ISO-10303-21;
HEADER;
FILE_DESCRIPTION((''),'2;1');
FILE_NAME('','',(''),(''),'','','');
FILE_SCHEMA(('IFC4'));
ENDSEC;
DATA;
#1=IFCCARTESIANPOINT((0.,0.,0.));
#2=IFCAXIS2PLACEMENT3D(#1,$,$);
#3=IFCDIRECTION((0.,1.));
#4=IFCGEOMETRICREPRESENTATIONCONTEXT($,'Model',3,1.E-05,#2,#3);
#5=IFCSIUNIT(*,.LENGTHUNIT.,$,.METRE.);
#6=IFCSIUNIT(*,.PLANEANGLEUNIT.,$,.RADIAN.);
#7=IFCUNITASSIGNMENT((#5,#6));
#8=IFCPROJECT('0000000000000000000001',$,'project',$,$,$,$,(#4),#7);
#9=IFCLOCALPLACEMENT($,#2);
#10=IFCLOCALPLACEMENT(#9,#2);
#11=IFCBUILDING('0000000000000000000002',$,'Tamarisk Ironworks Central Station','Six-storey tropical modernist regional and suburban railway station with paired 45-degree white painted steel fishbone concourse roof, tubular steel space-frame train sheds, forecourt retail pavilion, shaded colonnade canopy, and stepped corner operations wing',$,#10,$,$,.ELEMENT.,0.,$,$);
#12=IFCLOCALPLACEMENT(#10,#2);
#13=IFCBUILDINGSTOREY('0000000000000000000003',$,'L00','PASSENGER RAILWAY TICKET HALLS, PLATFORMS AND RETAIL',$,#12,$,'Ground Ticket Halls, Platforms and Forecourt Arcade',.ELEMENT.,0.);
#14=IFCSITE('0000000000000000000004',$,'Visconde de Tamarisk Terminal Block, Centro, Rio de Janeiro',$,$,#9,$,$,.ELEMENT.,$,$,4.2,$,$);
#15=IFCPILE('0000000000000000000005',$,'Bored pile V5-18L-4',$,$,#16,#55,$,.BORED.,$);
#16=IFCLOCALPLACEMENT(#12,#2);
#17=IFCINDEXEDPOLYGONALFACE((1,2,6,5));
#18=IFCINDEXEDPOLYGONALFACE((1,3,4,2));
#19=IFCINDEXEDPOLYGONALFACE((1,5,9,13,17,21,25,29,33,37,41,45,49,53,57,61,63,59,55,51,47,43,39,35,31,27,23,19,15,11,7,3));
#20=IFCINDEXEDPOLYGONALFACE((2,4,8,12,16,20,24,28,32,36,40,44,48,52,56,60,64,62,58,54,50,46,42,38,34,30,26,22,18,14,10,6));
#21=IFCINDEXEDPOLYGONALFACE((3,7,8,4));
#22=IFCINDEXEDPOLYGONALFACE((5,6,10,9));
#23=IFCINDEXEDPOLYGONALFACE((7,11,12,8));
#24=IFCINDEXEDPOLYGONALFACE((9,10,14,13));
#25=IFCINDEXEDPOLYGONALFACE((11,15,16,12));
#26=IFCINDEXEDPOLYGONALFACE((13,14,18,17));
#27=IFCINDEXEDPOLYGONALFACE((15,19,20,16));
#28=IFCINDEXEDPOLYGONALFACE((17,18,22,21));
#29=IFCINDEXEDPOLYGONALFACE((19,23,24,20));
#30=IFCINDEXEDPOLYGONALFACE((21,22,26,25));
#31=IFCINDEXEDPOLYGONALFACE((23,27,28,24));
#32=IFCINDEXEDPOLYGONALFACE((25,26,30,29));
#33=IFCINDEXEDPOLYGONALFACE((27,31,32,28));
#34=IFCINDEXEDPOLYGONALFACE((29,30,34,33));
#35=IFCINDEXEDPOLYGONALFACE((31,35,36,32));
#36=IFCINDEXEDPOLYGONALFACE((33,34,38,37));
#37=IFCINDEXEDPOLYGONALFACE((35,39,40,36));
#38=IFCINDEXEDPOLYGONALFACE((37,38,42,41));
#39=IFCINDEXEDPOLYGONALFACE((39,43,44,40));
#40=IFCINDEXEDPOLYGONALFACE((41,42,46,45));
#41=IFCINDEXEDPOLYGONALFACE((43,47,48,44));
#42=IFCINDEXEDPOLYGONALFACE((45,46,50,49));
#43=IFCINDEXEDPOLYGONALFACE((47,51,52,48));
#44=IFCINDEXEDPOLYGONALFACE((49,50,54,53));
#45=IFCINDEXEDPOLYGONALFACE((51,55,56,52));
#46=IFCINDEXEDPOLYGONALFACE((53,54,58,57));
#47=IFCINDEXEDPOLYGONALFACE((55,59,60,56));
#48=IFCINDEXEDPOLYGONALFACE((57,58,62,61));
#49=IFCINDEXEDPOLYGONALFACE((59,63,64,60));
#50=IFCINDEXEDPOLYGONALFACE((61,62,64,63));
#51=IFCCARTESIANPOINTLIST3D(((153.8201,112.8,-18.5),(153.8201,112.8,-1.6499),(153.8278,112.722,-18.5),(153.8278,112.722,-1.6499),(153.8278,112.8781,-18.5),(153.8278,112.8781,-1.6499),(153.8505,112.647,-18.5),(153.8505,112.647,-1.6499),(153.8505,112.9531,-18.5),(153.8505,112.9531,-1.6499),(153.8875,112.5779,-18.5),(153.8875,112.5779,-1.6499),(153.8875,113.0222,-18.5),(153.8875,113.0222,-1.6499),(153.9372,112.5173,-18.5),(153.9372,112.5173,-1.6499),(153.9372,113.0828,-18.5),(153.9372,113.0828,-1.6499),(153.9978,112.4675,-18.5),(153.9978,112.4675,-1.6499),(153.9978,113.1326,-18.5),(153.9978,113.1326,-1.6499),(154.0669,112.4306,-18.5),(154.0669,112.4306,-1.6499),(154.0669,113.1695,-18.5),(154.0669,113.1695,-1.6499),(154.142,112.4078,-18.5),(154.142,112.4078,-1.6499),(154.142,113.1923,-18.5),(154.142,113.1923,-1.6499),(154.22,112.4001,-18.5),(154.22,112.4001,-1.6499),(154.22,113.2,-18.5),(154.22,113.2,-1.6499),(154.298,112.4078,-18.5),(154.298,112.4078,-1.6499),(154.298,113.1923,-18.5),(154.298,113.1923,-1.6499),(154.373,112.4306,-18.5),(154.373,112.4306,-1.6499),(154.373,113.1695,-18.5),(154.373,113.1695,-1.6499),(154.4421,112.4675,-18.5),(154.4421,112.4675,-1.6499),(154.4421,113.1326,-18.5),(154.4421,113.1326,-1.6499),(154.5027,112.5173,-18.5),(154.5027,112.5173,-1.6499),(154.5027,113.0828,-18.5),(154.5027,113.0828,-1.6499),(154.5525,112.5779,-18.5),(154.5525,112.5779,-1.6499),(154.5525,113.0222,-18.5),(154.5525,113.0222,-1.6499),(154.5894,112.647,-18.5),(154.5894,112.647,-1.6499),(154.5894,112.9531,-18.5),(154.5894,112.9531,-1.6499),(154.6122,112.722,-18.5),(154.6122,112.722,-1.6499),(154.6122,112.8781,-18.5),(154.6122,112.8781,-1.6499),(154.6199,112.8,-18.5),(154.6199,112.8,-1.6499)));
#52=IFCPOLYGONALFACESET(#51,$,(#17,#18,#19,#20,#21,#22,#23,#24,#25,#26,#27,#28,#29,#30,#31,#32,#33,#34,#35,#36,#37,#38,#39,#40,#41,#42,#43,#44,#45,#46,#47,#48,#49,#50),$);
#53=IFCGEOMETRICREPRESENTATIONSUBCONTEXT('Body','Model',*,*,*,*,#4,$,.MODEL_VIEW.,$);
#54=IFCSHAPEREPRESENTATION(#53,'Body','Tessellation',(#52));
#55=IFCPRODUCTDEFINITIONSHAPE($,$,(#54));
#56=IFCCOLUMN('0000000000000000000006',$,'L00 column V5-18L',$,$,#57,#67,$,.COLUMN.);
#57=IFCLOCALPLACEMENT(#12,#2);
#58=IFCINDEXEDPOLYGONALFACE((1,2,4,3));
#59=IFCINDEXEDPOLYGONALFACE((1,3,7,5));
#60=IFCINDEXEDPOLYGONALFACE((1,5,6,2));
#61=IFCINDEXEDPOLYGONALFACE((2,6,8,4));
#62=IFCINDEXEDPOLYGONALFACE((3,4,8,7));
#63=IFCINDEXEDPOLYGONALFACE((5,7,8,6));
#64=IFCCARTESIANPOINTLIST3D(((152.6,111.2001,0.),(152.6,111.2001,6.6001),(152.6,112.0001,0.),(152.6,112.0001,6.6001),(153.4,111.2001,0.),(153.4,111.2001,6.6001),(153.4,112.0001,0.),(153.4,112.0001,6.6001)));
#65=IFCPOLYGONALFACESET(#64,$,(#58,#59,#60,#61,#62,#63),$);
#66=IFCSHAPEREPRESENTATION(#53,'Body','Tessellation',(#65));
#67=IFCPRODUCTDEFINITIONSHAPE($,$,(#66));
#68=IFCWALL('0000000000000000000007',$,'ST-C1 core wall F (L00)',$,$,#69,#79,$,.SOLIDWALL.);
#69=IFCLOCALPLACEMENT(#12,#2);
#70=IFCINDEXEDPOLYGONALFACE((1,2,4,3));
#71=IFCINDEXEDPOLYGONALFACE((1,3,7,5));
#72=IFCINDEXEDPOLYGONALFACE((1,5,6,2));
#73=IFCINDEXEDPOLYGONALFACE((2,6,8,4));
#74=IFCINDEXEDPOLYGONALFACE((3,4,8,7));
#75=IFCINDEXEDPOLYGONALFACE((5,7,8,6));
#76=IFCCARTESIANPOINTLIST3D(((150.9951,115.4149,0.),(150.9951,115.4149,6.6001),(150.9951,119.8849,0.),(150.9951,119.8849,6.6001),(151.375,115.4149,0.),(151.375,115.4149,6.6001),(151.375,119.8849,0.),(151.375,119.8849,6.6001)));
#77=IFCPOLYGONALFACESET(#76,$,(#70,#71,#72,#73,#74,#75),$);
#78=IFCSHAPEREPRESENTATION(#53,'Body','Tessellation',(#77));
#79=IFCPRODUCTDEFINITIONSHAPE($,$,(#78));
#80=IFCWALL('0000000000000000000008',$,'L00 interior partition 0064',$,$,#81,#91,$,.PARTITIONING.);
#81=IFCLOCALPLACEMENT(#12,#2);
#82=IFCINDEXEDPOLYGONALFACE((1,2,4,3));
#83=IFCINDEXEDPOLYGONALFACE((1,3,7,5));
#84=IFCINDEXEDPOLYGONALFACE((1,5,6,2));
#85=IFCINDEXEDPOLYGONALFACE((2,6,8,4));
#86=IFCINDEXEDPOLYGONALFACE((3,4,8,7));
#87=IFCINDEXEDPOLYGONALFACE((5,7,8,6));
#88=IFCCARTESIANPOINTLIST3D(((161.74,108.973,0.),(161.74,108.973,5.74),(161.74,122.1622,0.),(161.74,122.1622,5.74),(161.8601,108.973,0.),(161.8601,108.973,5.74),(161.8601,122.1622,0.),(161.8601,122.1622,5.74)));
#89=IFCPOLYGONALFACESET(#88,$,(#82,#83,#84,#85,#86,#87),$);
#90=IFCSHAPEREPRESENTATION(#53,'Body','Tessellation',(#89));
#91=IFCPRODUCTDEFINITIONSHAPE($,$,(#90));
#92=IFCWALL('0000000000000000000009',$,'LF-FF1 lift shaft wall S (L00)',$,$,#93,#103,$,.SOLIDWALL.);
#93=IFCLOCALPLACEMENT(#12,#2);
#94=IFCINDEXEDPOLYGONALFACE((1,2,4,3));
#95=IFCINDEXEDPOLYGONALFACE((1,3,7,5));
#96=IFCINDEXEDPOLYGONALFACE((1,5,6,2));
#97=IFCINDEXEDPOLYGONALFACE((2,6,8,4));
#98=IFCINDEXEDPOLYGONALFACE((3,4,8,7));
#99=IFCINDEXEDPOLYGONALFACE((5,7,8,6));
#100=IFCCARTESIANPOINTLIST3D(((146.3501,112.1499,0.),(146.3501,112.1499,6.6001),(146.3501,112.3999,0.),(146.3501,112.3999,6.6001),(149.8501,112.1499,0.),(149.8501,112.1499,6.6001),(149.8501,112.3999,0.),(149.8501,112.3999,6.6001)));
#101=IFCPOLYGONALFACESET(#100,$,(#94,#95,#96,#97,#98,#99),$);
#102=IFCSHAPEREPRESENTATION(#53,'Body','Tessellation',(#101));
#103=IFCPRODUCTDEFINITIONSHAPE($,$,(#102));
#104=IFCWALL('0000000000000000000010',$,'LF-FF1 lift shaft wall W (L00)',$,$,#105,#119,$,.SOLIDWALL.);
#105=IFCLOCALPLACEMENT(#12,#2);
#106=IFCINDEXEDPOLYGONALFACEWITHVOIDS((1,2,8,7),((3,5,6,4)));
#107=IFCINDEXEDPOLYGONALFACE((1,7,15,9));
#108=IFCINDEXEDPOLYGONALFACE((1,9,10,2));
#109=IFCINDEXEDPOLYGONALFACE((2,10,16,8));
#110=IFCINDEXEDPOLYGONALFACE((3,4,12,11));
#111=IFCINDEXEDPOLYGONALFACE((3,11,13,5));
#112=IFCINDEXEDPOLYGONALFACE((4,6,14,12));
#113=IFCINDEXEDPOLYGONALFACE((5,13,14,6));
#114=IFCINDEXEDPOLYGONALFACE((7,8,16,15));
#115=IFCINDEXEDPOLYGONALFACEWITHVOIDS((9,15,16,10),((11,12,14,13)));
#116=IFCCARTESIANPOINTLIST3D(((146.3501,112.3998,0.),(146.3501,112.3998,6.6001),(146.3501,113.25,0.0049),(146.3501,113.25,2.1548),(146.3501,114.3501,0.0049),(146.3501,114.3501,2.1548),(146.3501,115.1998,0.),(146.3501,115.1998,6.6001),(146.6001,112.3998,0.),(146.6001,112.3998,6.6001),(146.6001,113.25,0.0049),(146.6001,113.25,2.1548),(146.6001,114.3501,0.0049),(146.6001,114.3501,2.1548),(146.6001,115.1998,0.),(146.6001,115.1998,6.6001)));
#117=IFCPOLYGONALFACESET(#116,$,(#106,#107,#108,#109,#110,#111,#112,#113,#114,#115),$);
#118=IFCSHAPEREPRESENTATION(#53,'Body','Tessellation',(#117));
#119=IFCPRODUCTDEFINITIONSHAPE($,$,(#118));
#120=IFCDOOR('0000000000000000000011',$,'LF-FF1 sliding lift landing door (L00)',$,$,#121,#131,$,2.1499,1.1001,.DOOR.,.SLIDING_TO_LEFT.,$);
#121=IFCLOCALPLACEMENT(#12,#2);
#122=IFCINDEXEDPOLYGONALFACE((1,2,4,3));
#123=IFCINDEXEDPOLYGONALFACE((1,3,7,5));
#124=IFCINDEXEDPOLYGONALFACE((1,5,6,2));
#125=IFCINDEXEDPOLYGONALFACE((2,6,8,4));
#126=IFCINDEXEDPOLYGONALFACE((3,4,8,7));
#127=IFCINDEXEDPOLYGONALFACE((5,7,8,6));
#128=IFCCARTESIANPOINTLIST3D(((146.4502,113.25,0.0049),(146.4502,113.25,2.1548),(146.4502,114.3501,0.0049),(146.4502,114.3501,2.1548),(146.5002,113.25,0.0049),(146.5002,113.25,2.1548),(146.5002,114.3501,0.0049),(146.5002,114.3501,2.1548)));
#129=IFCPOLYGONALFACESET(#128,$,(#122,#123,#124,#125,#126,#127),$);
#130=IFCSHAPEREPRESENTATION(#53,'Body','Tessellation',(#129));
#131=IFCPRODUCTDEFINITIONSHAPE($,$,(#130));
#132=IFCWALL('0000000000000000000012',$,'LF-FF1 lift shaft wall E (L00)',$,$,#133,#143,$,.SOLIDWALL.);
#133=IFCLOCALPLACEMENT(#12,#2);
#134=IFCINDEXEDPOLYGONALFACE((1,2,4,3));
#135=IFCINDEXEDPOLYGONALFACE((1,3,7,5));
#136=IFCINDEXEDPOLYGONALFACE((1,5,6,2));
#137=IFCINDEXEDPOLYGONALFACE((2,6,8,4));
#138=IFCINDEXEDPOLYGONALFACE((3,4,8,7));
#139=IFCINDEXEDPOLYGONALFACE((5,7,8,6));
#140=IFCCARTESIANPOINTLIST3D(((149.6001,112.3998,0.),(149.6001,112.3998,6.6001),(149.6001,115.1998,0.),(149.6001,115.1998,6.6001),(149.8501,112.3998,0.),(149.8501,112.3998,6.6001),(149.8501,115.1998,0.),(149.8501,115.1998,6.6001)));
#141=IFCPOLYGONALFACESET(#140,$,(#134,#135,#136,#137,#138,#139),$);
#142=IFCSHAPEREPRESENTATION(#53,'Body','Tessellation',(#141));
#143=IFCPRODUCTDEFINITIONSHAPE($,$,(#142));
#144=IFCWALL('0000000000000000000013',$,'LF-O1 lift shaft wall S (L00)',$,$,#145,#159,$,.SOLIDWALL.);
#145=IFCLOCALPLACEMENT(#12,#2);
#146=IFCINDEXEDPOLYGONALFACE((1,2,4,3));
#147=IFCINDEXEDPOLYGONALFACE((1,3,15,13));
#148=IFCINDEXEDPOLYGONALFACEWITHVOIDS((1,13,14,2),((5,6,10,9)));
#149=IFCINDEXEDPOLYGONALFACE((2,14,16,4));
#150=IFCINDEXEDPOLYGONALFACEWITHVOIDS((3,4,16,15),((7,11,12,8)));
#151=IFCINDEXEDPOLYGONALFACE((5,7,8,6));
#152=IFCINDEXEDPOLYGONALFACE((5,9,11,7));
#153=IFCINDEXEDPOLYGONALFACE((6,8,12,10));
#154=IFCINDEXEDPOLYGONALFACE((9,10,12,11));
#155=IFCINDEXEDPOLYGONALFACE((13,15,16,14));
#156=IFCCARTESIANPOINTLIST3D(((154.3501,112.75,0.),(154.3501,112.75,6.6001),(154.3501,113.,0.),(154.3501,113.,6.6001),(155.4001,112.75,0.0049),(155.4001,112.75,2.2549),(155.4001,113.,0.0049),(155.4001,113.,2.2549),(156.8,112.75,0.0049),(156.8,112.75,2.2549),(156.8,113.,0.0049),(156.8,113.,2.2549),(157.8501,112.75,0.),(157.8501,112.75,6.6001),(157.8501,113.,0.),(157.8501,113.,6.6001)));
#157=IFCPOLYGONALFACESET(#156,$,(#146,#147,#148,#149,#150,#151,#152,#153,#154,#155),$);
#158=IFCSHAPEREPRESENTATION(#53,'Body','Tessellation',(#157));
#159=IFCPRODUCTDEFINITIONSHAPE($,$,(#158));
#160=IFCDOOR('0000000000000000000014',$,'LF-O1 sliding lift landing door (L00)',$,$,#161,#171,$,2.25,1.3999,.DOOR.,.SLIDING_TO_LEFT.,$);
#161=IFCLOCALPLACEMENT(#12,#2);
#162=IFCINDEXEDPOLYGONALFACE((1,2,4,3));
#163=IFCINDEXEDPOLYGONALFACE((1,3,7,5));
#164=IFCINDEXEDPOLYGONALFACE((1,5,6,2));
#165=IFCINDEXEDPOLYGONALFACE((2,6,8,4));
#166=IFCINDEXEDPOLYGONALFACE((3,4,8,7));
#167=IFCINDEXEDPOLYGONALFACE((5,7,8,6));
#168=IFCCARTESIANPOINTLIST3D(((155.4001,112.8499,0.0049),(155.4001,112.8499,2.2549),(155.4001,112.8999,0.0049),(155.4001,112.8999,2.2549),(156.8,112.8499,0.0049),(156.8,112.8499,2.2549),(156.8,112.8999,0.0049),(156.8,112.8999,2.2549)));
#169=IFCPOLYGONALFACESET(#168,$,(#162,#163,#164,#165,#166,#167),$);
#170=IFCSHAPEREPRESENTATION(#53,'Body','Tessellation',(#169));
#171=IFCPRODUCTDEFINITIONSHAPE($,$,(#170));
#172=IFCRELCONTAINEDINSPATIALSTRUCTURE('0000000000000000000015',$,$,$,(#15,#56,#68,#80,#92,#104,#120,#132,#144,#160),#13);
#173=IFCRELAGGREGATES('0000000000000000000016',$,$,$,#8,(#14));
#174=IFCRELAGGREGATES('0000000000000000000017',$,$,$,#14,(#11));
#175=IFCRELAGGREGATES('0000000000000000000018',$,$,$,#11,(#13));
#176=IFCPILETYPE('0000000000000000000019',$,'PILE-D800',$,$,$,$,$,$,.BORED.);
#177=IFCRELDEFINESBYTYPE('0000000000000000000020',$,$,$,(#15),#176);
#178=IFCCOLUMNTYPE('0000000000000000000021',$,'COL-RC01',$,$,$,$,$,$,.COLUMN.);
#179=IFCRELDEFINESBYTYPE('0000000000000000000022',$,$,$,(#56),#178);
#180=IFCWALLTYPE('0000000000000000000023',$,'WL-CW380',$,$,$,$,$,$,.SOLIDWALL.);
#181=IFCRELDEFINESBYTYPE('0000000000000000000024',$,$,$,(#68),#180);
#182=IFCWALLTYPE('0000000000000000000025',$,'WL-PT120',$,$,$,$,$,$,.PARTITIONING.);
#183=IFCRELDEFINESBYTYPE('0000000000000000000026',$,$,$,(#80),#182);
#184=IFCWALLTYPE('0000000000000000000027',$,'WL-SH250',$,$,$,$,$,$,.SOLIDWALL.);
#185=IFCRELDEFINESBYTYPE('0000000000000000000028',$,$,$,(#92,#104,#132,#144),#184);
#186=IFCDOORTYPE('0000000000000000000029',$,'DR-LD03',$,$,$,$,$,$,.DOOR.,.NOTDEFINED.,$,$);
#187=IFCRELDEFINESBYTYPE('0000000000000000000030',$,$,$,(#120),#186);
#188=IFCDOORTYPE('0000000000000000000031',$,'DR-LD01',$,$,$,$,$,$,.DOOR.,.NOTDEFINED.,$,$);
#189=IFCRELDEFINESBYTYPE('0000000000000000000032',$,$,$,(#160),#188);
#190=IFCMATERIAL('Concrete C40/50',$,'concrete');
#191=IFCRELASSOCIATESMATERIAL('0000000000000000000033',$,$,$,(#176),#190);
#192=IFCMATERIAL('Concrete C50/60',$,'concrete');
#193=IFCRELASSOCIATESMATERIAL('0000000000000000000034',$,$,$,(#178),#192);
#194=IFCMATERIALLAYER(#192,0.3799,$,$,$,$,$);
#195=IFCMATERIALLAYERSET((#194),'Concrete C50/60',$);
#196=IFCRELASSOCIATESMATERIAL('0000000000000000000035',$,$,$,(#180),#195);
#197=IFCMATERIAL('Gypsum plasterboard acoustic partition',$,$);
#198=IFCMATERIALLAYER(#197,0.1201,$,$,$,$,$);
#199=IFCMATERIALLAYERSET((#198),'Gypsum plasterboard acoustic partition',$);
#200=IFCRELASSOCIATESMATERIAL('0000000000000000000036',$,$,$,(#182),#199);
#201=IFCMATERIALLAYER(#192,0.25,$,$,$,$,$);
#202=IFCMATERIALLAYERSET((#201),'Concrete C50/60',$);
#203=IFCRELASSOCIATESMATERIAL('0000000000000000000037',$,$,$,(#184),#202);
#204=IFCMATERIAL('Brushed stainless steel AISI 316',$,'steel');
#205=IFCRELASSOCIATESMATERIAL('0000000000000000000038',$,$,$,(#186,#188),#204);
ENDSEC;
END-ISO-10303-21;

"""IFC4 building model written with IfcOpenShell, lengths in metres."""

from ifc_helpers import new_model, si_unit, direction, frame, frame_2d, origin, origin_2d, place, context, subcontext, project, spatial, rectangle, circle, extrude, material, layer, layer_set, material_profile, profile_set, type_object, element, fill, save


model = new_model("IFC4")

# Units and contexts
model_context = context("Model", 3, precision=1e-05, world=origin(), true_north=direction((0.0, 1.0)))
body_context = subcontext(model_context, "Body", "Model", "MODEL_VIEW")
ifc_project = project(units=[si_unit("LENGTHUNIT", "METRE"), si_unit("PLANEANGLEUNIT", "RADIAN")], contexts=[model_context])

# Site, building, storey
site_placement = place(None, origin())
site = spatial("IfcSite", under=ifc_project, at=site_placement, Name="Visconde de Tamarisk Terminal Block, Centro, Rio de Janeiro", CompositionType="ELEMENT", RefElevation=4.2)
building_placement = place(site_placement, origin())
building = spatial("IfcBuilding", under=site, at=building_placement, Name="Tamarisk Ironworks Central Station", Description="Six-storey tropical modernist regional and suburban railway station with paired 45-degree white painted steel fishbone concourse roof, tubular steel space-frame train sheds, forecourt retail pavilion, shaded colonnade canopy, and stepped corner operations wing", CompositionType="ELEMENT", ElevationOfRefHeight=0.0)
storey_placement = place(building_placement, origin())
storey = spatial("IfcBuildingStorey", under=building, at=storey_placement, Name="L00", Description="PASSENGER RAILWAY TICKET HALLS, PLATFORMS AND RETAIL", LongName="Ground Ticket Halls, Platforms and Forecourt Arcade", CompositionType="ELEMENT", Elevation=0.0)

# Shared definitions
ifc_material_1 = material(Name="Concrete C40/50", Category="concrete")

# Pile
ifc_material_profile_1 = material_profile(ifc_material_1, circle(Radius=0.3999, at=origin_2d()), Name="BORED PILE D800")
ifc_profile_set_1 = profile_set([ifc_material_profile_1], Name="Concrete C40/50")
pile_type = type_object("IfcPileType", Name="PILE-D800", PredefinedType="BORED", material=ifc_profile_set_1)
for number, where, z_axis, x_axis, name in (
    (1, (154.22, 112.8, -1.6499), (0.0, 0.0, -1.0), (1.0, 0.0, 0.0), "Bored pile V5-18L-4"),
):
    element("IfcPile", number, at=place(storey_placement, frame(where, z_axis=z_axis, x_axis=x_axis)), inside=storey, type_object=pile_type, Name=name, PredefinedType="BORED", context=body_context, shape_type="SweptSolid", body=[
        extrude(circle(Radius=0.3999, at=origin_2d()), origin(), (0.0, 0.0, 1.0), 16.8501),
    ])

# Column
ifc_material_2 = material(Name="Concrete C50/60", Category="concrete")
ifc_material_profile_2 = material_profile(ifc_material_2, rectangle(XDim=0.8, YDim=0.8, at=origin_2d()), Name="RC 800x800")
ifc_profile_set_2 = profile_set([ifc_material_profile_2], Name="Concrete C50/60")
column_type = type_object("IfcColumnType", Name="COL-RC01", PredefinedType="COLUMN", material=ifc_profile_set_2)
column_placement = place(storey_placement, frame((153.0, 111.6001, 0.0), z_axis=(0.0, 0.0, 1.0), x_axis=(1.0, 0.0, 0.0)))
element("IfcColumn", 2, at=column_placement, inside=storey, type_object=column_type, Name="L00 column V5-18L", PredefinedType="COLUMN", context=body_context, shape_type="SweptSolid", body=[
    extrude(rectangle(XDim=0.8, YDim=0.8, at=origin_2d()), origin(), (0.0, 0.0, 1.0), 6.6001),
])

# Walls
ifc_layer_1 = layer(ifc_material_2, 0.3799)
ifc_layer_set_1 = layer_set([ifc_layer_1], Name="Concrete C50/60")
wall_type_1 = type_object("IfcWallType", Name="WL-CW380", PredefinedType="SOLIDWALL", material=ifc_layer_set_1)
wall_1_placement = place(storey_placement, frame((151.1851, 115.415, 0.0), z_axis=(0.0, 0.0, 1.0), x_axis=(0.0, 1.0, 0.0)))
element("IfcWall", 3, at=wall_1_placement, inside=storey, type_object=wall_type_1, Name="ST-C1 core wall F (L00)", PredefinedType="SOLIDWALL", context=body_context, shape_type="SweptSolid", body=[
    extrude(rectangle(XDim=4.47, YDim=0.3799, at=frame_2d((2.2349, 0.0))), origin(), (0.0, 0.0, 1.0), 6.6001),
])
ifc_material_3 = material(Name="Gypsum plasterboard acoustic partition")
ifc_layer_2 = layer(ifc_material_3, 0.1201)
ifc_layer_set_2 = layer_set([ifc_layer_2], Name="Gypsum plasterboard acoustic partition")
wall_type_2 = type_object("IfcWallType", Name="WL-PT120", PredefinedType="PARTITIONING", material=ifc_layer_set_2)
wall_2_placement = place(storey_placement, frame((161.8, 108.9729, 0.0), z_axis=(0.0, 0.0, 1.0), x_axis=(0.0, 1.0, 0.0)))
element("IfcWall", 4, at=wall_2_placement, inside=storey, type_object=wall_type_2, Name="L00 interior partition 0064", PredefinedType="PARTITIONING", context=body_context, shape_type="SweptSolid", body=[
    extrude(rectangle(XDim=13.1892, YDim=0.1201, at=frame_2d((6.5947, 0.0))), origin(), (0.0, 0.0, 1.0), 5.74),
])
ifc_layer_3 = layer(ifc_material_2, 0.25)
ifc_layer_set_3 = layer_set([ifc_layer_3], Name="Concrete C50/60")
wall_type_3 = type_object("IfcWallType", Name="WL-SH250", PredefinedType="SOLIDWALL", material=ifc_layer_set_3)
wall_3_placement = place(storey_placement, frame((146.3501, 112.2749, 0.0), z_axis=(0.0, 0.0, 1.0), x_axis=(1.0, 0.0, 0.0)))
element("IfcWall", 5, at=wall_3_placement, inside=storey, type_object=wall_type_3, Name="LF-FF1 lift shaft wall S (L00)", PredefinedType="SOLIDWALL", context=body_context, shape_type="SweptSolid", body=[
    extrude(rectangle(XDim=3.5, YDim=0.25, at=frame_2d((1.75, 0.0))), origin(), (0.0, 0.0, 1.0), 6.6001),
])

# Wall, opening, door
wall_4_placement = place(storey_placement, frame((146.4751, 112.3999, 0.0), z_axis=(0.0, 0.0, 1.0), x_axis=(0.0, 1.0, 0.0)))
wall_4 = element("IfcWall", 6, at=wall_4_placement, inside=storey, type_object=wall_type_3, Name="LF-FF1 lift shaft wall W (L00)", PredefinedType="SOLIDWALL", context=body_context, shape_type="SweptSolid", body=[
    extrude(rectangle(XDim=2.8, YDim=0.25, at=frame_2d((1.3999, 0.0))), origin(), (0.0, 0.0, 1.0), 6.6001),
])
opening_1_placement = place(wall_4_placement, frame((0.8501, 0.0, 0.0049)))
opening_1 = element("IfcOpeningElement", 7, at=opening_1_placement, cuts=wall_4, PredefinedType="OPENING", context=body_context, shape_type="SweptSolid", body=[
    extrude(rectangle(XDim=1.1001, YDim=2.1499, at=frame_2d((0.55, 1.075))), frame((0.0, 0.137, 0.0), z_axis=(0.0, -1.0, 0.0), x_axis=(1.0, 0.0, 0.0)), (0.0, 0.0, 1.0), 0.2739),
])
ifc_material_4 = material(Name="Brushed stainless steel AISI 316", Category="steel")
door_type_1 = type_object("IfcDoorType", Name="DR-LD03", OperationType="NOTDEFINED", PredefinedType="DOOR", material=ifc_material_4)
door_1_placement = place(opening_1_placement, origin())
door_1 = element("IfcDoor", 8, at=door_1_placement, inside=storey, type_object=door_type_1, Name="LF-FF1 sliding lift landing door (L00)", OperationType="SLIDING_TO_LEFT", OverallHeight=2.1499, OverallWidth=1.1001, PredefinedType="DOOR", context=body_context, shape_type="SweptSolid", body=[
    extrude(rectangle(XDim=1.1001, YDim=2.1499, at=frame_2d((0.55, 1.075))), frame((0.0, 0.0249, 0.0), z_axis=(0.0, -1.0, 0.0), x_axis=(1.0, 0.0, 0.0)), (0.0, 0.0, 1.0), 0.05),
])
fill(opening_1, door_1)

# Wall
wall_5_placement = place(storey_placement, frame((149.7251, 112.3999, 0.0), z_axis=(0.0, 0.0, 1.0), x_axis=(0.0, 1.0, 0.0)))
element("IfcWall", 9, at=wall_5_placement, inside=storey, type_object=wall_type_3, Name="LF-FF1 lift shaft wall E (L00)", PredefinedType="SOLIDWALL", context=body_context, shape_type="SweptSolid", body=[
    extrude(rectangle(XDim=2.8, YDim=0.25, at=frame_2d((1.3999, 0.0))), origin(), (0.0, 0.0, 1.0), 6.6001),
])

# Wall, opening, door
wall_6_placement = place(storey_placement, frame((154.3501, 112.875, 0.0), z_axis=(0.0, 0.0, 1.0), x_axis=(1.0, 0.0, 0.0)))
wall_6 = element("IfcWall", 10, at=wall_6_placement, inside=storey, type_object=wall_type_3, Name="LF-O1 lift shaft wall S (L00)", PredefinedType="SOLIDWALL", context=body_context, shape_type="SweptSolid", body=[
    extrude(rectangle(XDim=3.5, YDim=0.25, at=frame_2d((1.75, 0.0))), origin(), (0.0, 0.0, 1.0), 6.6001),
])
opening_2_placement = place(wall_6_placement, frame((1.05, 0.0, 0.0049)))
opening_2 = element("IfcOpeningElement", 11, at=opening_2_placement, cuts=wall_6, PredefinedType="OPENING", context=body_context, shape_type="SweptSolid", body=[
    extrude(rectangle(XDim=1.3999, YDim=2.25, at=frame_2d((0.7, 1.125))), frame((0.0, 0.137, 0.0), z_axis=(0.0, -1.0, 0.0), x_axis=(1.0, 0.0, 0.0)), (0.0, 0.0, 1.0), 0.2739),
])
door_type_2 = type_object("IfcDoorType", Name="DR-LD01", OperationType="NOTDEFINED", PredefinedType="DOOR", material=ifc_material_4)
door_2_placement = place(opening_2_placement, origin())
door_2 = element("IfcDoor", 12, at=door_2_placement, inside=storey, type_object=door_type_2, Name="LF-O1 sliding lift landing door (L00)", OperationType="SLIDING_TO_LEFT", OverallHeight=2.25, OverallWidth=1.3999, PredefinedType="DOOR", context=body_context, shape_type="SweptSolid", body=[
    extrude(rectangle(XDim=1.3999, YDim=2.25, at=frame_2d((0.7, 1.125))), frame((0.0, 0.0249, 0.0), z_axis=(0.0, -1.0, 0.0), x_axis=(1.0, 0.0, 0.0)), (0.0, 0.0, 1.0), 0.05),
])
fill(opening_2, door_2)

save(model, "model.ifc")
